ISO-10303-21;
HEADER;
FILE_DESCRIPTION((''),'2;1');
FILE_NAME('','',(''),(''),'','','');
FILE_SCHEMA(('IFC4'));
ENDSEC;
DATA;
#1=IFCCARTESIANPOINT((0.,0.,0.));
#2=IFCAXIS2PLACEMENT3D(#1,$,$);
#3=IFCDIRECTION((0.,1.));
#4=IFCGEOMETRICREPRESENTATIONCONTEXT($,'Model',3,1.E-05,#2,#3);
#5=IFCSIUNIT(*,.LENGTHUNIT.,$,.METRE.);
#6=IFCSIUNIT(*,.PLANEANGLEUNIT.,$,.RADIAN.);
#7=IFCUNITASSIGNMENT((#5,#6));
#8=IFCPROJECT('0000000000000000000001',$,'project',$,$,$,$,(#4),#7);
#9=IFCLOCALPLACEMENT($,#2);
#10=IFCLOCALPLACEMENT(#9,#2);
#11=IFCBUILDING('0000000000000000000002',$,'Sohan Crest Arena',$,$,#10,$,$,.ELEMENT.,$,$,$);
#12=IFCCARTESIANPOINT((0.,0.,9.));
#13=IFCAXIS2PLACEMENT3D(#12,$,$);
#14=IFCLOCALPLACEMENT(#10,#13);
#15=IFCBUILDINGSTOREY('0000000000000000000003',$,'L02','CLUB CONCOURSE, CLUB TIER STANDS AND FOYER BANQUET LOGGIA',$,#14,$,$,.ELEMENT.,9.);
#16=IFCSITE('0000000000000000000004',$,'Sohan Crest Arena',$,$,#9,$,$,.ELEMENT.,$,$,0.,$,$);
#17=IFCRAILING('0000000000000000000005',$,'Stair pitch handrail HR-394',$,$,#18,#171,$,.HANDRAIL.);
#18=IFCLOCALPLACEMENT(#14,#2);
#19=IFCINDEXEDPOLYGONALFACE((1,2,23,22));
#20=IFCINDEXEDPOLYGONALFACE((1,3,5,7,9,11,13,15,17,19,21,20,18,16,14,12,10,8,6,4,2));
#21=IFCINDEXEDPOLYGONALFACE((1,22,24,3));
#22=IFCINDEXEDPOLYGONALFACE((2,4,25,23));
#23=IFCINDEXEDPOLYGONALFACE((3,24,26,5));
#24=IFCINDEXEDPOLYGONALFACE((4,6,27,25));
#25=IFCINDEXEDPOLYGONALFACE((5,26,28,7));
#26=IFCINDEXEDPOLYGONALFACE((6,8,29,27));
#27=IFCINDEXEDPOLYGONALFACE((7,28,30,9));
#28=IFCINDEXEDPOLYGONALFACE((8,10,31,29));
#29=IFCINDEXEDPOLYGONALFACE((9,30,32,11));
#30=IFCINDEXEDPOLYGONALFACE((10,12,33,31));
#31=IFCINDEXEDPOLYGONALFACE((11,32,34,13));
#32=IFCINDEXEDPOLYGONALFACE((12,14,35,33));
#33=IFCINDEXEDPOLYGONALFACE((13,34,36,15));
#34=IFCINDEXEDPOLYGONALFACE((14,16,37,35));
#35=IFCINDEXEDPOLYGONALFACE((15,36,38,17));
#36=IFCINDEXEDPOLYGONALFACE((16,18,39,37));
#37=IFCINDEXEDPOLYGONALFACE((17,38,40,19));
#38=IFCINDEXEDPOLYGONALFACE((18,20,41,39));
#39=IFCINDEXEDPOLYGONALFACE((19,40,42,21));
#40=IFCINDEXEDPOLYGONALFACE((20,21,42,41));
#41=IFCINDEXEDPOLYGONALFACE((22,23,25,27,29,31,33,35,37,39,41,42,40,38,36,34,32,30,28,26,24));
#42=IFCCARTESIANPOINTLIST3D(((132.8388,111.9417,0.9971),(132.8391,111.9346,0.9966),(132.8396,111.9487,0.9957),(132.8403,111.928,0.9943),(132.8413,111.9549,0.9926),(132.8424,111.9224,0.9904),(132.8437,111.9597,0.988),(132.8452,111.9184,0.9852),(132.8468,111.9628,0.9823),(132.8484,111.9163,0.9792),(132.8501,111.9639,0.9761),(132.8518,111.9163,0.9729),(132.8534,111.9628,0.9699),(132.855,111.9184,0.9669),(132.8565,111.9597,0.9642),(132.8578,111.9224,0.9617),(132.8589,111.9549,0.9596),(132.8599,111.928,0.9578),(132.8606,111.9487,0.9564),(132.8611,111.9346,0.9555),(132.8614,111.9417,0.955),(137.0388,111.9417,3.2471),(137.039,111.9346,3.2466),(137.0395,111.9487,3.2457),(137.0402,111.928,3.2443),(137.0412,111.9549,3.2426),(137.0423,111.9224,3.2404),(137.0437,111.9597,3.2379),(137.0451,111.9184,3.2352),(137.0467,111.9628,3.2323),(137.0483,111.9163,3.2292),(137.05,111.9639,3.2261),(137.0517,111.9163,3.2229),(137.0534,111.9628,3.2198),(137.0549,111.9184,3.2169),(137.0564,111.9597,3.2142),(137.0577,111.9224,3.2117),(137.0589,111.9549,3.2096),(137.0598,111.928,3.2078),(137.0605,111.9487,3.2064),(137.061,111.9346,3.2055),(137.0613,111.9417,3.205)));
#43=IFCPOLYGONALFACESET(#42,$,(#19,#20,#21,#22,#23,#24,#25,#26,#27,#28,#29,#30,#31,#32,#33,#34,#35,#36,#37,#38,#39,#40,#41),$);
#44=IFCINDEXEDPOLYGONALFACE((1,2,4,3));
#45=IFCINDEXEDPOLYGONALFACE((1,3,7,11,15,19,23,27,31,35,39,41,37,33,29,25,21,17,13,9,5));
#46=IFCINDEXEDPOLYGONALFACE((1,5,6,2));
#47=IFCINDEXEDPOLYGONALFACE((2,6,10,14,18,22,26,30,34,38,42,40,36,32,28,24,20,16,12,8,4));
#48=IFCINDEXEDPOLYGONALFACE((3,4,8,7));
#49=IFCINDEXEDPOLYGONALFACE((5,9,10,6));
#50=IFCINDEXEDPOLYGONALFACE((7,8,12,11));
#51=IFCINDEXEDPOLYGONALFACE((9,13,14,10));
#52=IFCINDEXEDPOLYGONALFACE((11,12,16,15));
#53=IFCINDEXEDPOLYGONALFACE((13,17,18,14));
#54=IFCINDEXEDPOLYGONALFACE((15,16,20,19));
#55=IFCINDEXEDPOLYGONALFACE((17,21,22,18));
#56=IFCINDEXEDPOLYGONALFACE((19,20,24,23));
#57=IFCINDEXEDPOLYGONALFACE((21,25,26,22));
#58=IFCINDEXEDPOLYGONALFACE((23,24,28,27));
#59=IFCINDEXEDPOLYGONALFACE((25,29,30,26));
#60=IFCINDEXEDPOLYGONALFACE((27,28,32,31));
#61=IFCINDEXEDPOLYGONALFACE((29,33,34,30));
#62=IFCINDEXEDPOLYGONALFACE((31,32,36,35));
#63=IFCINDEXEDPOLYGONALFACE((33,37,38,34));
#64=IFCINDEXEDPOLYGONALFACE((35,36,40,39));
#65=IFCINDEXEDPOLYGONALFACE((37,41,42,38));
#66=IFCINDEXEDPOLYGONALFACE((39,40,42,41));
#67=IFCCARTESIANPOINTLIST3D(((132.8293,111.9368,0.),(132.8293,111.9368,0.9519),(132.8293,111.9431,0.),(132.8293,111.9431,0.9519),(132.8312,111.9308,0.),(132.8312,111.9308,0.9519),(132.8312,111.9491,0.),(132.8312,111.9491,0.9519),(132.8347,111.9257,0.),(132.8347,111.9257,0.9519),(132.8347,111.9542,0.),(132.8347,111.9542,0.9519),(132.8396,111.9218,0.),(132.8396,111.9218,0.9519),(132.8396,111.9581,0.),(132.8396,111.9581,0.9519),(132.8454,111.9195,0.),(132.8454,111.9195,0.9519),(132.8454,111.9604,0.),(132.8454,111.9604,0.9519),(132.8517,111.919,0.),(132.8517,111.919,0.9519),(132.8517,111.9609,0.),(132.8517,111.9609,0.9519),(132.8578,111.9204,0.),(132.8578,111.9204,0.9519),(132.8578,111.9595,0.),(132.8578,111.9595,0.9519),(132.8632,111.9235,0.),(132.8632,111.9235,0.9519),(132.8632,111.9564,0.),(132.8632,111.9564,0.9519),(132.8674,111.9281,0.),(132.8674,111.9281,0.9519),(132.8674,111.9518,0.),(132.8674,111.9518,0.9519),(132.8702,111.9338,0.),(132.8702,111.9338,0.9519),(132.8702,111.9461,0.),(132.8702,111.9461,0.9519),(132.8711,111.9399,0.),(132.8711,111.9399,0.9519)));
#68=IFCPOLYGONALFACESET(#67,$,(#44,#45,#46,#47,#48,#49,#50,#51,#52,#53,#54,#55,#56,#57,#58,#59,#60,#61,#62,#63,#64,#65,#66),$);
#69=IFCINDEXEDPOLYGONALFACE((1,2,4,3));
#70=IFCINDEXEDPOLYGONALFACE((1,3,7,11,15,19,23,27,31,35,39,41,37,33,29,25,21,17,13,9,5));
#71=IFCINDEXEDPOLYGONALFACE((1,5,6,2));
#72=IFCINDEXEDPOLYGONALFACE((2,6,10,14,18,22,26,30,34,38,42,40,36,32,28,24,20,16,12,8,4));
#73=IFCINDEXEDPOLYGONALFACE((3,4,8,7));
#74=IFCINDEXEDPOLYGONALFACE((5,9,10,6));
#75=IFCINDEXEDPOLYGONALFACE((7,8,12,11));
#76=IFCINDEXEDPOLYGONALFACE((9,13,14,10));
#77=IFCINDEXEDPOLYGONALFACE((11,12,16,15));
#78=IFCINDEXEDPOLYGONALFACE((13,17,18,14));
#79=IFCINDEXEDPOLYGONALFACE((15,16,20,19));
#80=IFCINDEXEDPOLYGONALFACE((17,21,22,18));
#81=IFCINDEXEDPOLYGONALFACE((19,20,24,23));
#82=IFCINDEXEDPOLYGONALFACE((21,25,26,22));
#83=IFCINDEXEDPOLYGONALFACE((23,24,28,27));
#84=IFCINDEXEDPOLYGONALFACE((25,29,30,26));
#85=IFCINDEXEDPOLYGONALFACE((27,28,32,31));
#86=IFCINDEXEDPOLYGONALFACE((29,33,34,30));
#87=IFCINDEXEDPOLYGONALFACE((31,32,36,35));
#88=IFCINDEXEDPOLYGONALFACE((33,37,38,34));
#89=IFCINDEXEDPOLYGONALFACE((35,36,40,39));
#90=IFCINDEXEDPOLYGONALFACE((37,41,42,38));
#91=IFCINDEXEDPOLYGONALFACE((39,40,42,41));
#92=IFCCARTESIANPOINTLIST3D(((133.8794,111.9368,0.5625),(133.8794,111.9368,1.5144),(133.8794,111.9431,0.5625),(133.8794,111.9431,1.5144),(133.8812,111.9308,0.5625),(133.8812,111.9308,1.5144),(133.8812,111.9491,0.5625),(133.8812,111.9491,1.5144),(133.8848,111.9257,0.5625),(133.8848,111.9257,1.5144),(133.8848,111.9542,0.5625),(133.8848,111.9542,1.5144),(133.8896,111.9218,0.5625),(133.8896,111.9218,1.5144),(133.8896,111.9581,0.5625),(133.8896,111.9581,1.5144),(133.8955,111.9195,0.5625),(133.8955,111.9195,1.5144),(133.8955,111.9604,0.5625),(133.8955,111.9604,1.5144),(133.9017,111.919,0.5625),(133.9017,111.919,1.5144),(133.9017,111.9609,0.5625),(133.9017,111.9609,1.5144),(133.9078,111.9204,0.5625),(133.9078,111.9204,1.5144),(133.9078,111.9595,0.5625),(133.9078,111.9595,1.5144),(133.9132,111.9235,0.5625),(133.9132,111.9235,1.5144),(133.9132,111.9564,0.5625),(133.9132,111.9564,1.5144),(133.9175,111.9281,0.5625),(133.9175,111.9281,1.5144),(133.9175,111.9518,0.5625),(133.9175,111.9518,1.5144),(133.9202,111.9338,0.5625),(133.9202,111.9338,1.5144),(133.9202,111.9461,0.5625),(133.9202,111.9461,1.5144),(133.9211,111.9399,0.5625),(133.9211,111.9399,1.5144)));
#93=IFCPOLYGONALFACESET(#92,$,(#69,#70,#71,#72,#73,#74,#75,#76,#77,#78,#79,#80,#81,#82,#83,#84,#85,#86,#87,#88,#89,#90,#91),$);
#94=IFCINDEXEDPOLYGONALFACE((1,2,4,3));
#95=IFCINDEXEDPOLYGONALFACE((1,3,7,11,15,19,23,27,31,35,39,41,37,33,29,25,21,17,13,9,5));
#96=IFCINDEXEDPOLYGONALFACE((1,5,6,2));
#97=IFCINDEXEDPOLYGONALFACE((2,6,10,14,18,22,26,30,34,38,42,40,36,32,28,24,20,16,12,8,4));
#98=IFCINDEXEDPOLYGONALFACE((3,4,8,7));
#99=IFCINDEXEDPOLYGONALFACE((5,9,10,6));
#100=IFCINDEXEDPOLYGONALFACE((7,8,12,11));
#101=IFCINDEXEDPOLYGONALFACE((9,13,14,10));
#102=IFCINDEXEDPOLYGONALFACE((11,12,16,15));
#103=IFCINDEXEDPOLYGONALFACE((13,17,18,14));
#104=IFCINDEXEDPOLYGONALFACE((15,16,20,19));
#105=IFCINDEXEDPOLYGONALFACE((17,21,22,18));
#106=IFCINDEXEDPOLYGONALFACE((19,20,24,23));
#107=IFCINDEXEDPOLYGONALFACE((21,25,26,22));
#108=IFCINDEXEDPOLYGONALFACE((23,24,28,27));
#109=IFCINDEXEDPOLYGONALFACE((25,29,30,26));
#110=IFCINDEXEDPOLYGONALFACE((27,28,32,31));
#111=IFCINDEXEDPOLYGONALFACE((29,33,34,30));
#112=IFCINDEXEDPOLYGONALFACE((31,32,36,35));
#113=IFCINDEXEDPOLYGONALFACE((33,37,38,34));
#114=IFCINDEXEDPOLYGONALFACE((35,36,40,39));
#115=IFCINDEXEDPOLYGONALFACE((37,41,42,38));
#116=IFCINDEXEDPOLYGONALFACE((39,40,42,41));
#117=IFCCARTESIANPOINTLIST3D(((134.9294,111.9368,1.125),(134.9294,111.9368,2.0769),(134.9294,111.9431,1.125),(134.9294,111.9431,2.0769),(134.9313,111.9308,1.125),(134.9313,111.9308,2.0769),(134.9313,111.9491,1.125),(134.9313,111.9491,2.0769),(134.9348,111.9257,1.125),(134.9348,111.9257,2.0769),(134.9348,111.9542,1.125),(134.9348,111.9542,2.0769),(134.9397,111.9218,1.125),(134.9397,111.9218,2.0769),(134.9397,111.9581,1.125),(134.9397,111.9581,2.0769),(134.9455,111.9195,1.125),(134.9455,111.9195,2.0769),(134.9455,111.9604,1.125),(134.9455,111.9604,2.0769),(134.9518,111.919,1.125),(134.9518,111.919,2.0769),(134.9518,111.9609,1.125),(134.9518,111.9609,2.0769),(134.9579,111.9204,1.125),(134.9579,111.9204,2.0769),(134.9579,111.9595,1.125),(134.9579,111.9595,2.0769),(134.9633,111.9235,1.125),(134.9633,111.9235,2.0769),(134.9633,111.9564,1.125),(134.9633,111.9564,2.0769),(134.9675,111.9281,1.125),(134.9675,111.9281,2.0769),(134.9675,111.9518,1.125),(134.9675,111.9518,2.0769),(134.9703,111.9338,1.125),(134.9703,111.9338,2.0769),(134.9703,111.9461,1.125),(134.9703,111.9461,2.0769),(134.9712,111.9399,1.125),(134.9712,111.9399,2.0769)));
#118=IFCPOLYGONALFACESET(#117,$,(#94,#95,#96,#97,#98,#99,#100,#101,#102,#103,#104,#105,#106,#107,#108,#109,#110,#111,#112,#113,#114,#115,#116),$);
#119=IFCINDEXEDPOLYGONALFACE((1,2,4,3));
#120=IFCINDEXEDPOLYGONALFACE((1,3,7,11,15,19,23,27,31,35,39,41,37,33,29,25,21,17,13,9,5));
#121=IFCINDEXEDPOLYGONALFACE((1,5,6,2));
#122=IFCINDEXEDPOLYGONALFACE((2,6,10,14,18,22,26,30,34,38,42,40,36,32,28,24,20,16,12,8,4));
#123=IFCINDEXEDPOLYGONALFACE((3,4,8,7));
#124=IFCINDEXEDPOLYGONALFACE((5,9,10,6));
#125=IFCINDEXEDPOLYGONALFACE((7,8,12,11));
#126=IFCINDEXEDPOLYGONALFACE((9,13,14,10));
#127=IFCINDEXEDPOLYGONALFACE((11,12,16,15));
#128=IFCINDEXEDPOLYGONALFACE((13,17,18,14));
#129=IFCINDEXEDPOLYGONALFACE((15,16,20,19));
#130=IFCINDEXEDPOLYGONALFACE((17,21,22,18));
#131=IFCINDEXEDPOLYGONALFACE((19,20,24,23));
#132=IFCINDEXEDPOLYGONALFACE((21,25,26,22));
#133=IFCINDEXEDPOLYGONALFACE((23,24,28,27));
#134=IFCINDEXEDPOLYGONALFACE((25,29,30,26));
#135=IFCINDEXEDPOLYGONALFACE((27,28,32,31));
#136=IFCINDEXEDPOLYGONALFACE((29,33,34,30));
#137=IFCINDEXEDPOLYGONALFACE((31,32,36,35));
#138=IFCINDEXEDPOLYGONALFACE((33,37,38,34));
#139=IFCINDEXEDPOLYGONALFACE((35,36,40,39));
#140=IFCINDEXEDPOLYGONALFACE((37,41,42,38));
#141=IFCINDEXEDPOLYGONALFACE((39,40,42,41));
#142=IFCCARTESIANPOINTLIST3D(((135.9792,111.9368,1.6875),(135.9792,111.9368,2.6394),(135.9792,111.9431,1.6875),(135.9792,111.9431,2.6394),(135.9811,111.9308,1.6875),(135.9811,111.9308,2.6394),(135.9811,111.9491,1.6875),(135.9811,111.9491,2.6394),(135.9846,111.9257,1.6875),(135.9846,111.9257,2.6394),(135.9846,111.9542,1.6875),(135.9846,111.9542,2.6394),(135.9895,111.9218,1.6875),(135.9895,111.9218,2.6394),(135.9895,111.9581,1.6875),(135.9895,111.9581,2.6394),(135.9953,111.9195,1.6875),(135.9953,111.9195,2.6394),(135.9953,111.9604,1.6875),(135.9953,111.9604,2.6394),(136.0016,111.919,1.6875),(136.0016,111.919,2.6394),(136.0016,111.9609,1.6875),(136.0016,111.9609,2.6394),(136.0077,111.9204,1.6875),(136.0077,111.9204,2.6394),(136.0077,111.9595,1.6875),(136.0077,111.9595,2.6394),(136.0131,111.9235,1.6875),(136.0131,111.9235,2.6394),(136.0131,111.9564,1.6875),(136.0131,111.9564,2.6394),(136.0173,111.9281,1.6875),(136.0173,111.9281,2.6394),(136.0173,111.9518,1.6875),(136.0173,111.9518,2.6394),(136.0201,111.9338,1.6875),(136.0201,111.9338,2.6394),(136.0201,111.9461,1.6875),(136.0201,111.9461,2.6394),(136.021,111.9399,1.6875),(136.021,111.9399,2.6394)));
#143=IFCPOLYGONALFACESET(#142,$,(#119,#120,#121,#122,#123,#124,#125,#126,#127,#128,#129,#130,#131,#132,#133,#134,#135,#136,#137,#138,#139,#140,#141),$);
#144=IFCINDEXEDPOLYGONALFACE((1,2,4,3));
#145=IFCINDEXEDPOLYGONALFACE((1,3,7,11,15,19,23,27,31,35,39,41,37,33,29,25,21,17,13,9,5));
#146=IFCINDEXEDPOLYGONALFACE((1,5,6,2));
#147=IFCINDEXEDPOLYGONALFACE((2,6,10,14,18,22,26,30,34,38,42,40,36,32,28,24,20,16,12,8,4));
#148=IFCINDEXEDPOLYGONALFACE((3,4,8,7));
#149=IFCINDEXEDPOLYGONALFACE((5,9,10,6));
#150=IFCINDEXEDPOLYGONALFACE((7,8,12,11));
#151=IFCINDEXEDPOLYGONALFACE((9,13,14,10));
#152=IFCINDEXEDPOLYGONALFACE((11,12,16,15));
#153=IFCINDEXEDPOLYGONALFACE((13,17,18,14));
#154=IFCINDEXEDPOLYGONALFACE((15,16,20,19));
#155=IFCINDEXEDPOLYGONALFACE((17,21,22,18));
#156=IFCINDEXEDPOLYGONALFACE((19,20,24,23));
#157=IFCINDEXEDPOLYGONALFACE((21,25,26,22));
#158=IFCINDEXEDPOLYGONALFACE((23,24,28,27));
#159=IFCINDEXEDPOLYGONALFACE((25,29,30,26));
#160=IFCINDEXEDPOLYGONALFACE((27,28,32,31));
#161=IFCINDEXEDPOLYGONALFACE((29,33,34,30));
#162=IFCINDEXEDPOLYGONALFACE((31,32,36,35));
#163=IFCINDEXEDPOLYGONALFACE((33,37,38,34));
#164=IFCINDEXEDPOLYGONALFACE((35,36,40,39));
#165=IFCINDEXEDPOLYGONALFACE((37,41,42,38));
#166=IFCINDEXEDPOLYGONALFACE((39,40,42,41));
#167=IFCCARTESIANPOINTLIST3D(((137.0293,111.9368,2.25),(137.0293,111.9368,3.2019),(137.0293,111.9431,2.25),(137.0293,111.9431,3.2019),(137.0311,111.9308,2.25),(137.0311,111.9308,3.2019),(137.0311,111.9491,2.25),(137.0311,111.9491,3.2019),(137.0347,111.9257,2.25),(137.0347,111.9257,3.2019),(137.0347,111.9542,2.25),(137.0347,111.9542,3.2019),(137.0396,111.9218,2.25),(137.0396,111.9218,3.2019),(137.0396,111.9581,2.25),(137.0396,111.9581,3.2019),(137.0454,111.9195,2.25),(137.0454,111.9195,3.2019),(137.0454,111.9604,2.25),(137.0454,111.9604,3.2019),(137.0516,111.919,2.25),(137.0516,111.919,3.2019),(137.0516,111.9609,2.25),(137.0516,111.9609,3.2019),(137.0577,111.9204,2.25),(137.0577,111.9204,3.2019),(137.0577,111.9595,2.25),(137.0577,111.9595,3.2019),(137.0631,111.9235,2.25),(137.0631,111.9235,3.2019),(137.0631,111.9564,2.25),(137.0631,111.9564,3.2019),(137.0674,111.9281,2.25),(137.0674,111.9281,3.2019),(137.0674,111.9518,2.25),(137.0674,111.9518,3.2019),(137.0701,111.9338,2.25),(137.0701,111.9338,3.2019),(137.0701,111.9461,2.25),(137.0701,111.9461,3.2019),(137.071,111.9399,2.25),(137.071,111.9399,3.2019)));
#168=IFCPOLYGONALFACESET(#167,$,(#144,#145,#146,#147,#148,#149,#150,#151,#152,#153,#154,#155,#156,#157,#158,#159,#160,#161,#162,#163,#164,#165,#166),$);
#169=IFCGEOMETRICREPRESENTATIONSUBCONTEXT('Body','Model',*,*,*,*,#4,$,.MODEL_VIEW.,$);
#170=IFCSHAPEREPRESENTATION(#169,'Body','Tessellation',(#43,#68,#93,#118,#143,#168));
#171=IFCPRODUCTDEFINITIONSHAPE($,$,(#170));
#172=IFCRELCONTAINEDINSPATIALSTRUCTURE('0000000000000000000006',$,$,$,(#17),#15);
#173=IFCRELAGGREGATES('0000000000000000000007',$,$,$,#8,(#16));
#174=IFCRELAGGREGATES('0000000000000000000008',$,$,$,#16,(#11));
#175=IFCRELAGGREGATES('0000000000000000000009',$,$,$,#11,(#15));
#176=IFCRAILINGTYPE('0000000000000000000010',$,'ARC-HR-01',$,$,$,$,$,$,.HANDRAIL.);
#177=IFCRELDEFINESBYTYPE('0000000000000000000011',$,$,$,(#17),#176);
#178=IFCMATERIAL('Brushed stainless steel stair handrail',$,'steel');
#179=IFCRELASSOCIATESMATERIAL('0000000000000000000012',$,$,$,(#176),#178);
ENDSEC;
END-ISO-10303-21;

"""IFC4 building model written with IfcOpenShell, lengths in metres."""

from ifc_helpers import new_model, si_unit, direction, frame, origin, origin_2d, place, context, subcontext, project, spatial, circle, extrude, material, type_object, element, save


model = new_model("IFC4")

# Units and contexts
model_context = context("Model", 3, precision=1e-05, world=origin(), true_north=direction((0.0, 1.0)))
body_context = subcontext(model_context, "Body", "Model", "MODEL_VIEW")
ifc_project = project(units=[si_unit("LENGTHUNIT", "METRE"), si_unit("PLANEANGLEUNIT", "RADIAN")], contexts=[model_context])

# Site, building, storey
site_placement = place(None, origin())
site = spatial("IfcSite", under=ifc_project, at=site_placement, Name="Sohan Crest Arena", CompositionType="ELEMENT", RefElevation=0.0)
building_placement = place(site_placement, origin())
building = spatial("IfcBuilding", under=site, at=building_placement, Name="Sohan Crest Arena", CompositionType="ELEMENT")
storey_placement = place(building_placement, frame((0.0, 0.0, 9.0)))
storey = spatial("IfcBuildingStorey", under=building, at=storey_placement, Name="L02", Description="CLUB CONCOURSE, CLUB TIER STANDS AND FOYER BANQUET LOGGIA", CompositionType="ELEMENT", Elevation=9.0)

# Railing
ifc_material_1 = material(Name="Brushed stainless steel stair handrail", Category="steel")
railing_type_1 = type_object("IfcRailingType", Name="ARC-HR-01", PredefinedType="HANDRAIL", material=ifc_material_1)
for number, where, name in (
    (1, (132.8501, 111.9399, 0.0), "Stair pitch handrail HR-394"),
):
    element("IfcRailing", number, at=place(storey_placement, frame(where)), inside=storey, type_object=railing_type_1, Name=name, PredefinedType="HANDRAIL", context=body_context, shape_type="SweptSolid", body=[
        extrude(circle(Radius=0.0239, at=origin_2d()), frame((0.0, 0.0, 0.9761), z_axis=(0.881478, 0.0, 0.472226), x_axis=(0.0, 1.0, 0.0)), (0.0, 0.0, 1.0), 4.7646),
        extrude(circle(Radius=0.021, at=origin_2d()), origin(), (0.0, 0.0, 1.0), 0.9519),
        extrude(circle(Radius=0.021, at=origin_2d()), frame((1.05, 0.0, 0.5625)), (0.0, 0.0, 1.0), 0.9519),
        extrude(circle(Radius=0.021, at=origin_2d()), frame((2.1001, 0.0, 1.125)), (0.0, 0.0, 1.0), 0.9519),
        extrude(circle(Radius=0.021, at=origin_2d()), frame((3.1499, 0.0, 1.6875)), (0.0, 0.0, 1.0), 0.9519),
        extrude(circle(Radius=0.021, at=origin_2d()), frame((4.2, 0.0, 2.25)), (0.0, 0.0, 1.0), 0.9519),
    ])

save(model, "model.ifc")
